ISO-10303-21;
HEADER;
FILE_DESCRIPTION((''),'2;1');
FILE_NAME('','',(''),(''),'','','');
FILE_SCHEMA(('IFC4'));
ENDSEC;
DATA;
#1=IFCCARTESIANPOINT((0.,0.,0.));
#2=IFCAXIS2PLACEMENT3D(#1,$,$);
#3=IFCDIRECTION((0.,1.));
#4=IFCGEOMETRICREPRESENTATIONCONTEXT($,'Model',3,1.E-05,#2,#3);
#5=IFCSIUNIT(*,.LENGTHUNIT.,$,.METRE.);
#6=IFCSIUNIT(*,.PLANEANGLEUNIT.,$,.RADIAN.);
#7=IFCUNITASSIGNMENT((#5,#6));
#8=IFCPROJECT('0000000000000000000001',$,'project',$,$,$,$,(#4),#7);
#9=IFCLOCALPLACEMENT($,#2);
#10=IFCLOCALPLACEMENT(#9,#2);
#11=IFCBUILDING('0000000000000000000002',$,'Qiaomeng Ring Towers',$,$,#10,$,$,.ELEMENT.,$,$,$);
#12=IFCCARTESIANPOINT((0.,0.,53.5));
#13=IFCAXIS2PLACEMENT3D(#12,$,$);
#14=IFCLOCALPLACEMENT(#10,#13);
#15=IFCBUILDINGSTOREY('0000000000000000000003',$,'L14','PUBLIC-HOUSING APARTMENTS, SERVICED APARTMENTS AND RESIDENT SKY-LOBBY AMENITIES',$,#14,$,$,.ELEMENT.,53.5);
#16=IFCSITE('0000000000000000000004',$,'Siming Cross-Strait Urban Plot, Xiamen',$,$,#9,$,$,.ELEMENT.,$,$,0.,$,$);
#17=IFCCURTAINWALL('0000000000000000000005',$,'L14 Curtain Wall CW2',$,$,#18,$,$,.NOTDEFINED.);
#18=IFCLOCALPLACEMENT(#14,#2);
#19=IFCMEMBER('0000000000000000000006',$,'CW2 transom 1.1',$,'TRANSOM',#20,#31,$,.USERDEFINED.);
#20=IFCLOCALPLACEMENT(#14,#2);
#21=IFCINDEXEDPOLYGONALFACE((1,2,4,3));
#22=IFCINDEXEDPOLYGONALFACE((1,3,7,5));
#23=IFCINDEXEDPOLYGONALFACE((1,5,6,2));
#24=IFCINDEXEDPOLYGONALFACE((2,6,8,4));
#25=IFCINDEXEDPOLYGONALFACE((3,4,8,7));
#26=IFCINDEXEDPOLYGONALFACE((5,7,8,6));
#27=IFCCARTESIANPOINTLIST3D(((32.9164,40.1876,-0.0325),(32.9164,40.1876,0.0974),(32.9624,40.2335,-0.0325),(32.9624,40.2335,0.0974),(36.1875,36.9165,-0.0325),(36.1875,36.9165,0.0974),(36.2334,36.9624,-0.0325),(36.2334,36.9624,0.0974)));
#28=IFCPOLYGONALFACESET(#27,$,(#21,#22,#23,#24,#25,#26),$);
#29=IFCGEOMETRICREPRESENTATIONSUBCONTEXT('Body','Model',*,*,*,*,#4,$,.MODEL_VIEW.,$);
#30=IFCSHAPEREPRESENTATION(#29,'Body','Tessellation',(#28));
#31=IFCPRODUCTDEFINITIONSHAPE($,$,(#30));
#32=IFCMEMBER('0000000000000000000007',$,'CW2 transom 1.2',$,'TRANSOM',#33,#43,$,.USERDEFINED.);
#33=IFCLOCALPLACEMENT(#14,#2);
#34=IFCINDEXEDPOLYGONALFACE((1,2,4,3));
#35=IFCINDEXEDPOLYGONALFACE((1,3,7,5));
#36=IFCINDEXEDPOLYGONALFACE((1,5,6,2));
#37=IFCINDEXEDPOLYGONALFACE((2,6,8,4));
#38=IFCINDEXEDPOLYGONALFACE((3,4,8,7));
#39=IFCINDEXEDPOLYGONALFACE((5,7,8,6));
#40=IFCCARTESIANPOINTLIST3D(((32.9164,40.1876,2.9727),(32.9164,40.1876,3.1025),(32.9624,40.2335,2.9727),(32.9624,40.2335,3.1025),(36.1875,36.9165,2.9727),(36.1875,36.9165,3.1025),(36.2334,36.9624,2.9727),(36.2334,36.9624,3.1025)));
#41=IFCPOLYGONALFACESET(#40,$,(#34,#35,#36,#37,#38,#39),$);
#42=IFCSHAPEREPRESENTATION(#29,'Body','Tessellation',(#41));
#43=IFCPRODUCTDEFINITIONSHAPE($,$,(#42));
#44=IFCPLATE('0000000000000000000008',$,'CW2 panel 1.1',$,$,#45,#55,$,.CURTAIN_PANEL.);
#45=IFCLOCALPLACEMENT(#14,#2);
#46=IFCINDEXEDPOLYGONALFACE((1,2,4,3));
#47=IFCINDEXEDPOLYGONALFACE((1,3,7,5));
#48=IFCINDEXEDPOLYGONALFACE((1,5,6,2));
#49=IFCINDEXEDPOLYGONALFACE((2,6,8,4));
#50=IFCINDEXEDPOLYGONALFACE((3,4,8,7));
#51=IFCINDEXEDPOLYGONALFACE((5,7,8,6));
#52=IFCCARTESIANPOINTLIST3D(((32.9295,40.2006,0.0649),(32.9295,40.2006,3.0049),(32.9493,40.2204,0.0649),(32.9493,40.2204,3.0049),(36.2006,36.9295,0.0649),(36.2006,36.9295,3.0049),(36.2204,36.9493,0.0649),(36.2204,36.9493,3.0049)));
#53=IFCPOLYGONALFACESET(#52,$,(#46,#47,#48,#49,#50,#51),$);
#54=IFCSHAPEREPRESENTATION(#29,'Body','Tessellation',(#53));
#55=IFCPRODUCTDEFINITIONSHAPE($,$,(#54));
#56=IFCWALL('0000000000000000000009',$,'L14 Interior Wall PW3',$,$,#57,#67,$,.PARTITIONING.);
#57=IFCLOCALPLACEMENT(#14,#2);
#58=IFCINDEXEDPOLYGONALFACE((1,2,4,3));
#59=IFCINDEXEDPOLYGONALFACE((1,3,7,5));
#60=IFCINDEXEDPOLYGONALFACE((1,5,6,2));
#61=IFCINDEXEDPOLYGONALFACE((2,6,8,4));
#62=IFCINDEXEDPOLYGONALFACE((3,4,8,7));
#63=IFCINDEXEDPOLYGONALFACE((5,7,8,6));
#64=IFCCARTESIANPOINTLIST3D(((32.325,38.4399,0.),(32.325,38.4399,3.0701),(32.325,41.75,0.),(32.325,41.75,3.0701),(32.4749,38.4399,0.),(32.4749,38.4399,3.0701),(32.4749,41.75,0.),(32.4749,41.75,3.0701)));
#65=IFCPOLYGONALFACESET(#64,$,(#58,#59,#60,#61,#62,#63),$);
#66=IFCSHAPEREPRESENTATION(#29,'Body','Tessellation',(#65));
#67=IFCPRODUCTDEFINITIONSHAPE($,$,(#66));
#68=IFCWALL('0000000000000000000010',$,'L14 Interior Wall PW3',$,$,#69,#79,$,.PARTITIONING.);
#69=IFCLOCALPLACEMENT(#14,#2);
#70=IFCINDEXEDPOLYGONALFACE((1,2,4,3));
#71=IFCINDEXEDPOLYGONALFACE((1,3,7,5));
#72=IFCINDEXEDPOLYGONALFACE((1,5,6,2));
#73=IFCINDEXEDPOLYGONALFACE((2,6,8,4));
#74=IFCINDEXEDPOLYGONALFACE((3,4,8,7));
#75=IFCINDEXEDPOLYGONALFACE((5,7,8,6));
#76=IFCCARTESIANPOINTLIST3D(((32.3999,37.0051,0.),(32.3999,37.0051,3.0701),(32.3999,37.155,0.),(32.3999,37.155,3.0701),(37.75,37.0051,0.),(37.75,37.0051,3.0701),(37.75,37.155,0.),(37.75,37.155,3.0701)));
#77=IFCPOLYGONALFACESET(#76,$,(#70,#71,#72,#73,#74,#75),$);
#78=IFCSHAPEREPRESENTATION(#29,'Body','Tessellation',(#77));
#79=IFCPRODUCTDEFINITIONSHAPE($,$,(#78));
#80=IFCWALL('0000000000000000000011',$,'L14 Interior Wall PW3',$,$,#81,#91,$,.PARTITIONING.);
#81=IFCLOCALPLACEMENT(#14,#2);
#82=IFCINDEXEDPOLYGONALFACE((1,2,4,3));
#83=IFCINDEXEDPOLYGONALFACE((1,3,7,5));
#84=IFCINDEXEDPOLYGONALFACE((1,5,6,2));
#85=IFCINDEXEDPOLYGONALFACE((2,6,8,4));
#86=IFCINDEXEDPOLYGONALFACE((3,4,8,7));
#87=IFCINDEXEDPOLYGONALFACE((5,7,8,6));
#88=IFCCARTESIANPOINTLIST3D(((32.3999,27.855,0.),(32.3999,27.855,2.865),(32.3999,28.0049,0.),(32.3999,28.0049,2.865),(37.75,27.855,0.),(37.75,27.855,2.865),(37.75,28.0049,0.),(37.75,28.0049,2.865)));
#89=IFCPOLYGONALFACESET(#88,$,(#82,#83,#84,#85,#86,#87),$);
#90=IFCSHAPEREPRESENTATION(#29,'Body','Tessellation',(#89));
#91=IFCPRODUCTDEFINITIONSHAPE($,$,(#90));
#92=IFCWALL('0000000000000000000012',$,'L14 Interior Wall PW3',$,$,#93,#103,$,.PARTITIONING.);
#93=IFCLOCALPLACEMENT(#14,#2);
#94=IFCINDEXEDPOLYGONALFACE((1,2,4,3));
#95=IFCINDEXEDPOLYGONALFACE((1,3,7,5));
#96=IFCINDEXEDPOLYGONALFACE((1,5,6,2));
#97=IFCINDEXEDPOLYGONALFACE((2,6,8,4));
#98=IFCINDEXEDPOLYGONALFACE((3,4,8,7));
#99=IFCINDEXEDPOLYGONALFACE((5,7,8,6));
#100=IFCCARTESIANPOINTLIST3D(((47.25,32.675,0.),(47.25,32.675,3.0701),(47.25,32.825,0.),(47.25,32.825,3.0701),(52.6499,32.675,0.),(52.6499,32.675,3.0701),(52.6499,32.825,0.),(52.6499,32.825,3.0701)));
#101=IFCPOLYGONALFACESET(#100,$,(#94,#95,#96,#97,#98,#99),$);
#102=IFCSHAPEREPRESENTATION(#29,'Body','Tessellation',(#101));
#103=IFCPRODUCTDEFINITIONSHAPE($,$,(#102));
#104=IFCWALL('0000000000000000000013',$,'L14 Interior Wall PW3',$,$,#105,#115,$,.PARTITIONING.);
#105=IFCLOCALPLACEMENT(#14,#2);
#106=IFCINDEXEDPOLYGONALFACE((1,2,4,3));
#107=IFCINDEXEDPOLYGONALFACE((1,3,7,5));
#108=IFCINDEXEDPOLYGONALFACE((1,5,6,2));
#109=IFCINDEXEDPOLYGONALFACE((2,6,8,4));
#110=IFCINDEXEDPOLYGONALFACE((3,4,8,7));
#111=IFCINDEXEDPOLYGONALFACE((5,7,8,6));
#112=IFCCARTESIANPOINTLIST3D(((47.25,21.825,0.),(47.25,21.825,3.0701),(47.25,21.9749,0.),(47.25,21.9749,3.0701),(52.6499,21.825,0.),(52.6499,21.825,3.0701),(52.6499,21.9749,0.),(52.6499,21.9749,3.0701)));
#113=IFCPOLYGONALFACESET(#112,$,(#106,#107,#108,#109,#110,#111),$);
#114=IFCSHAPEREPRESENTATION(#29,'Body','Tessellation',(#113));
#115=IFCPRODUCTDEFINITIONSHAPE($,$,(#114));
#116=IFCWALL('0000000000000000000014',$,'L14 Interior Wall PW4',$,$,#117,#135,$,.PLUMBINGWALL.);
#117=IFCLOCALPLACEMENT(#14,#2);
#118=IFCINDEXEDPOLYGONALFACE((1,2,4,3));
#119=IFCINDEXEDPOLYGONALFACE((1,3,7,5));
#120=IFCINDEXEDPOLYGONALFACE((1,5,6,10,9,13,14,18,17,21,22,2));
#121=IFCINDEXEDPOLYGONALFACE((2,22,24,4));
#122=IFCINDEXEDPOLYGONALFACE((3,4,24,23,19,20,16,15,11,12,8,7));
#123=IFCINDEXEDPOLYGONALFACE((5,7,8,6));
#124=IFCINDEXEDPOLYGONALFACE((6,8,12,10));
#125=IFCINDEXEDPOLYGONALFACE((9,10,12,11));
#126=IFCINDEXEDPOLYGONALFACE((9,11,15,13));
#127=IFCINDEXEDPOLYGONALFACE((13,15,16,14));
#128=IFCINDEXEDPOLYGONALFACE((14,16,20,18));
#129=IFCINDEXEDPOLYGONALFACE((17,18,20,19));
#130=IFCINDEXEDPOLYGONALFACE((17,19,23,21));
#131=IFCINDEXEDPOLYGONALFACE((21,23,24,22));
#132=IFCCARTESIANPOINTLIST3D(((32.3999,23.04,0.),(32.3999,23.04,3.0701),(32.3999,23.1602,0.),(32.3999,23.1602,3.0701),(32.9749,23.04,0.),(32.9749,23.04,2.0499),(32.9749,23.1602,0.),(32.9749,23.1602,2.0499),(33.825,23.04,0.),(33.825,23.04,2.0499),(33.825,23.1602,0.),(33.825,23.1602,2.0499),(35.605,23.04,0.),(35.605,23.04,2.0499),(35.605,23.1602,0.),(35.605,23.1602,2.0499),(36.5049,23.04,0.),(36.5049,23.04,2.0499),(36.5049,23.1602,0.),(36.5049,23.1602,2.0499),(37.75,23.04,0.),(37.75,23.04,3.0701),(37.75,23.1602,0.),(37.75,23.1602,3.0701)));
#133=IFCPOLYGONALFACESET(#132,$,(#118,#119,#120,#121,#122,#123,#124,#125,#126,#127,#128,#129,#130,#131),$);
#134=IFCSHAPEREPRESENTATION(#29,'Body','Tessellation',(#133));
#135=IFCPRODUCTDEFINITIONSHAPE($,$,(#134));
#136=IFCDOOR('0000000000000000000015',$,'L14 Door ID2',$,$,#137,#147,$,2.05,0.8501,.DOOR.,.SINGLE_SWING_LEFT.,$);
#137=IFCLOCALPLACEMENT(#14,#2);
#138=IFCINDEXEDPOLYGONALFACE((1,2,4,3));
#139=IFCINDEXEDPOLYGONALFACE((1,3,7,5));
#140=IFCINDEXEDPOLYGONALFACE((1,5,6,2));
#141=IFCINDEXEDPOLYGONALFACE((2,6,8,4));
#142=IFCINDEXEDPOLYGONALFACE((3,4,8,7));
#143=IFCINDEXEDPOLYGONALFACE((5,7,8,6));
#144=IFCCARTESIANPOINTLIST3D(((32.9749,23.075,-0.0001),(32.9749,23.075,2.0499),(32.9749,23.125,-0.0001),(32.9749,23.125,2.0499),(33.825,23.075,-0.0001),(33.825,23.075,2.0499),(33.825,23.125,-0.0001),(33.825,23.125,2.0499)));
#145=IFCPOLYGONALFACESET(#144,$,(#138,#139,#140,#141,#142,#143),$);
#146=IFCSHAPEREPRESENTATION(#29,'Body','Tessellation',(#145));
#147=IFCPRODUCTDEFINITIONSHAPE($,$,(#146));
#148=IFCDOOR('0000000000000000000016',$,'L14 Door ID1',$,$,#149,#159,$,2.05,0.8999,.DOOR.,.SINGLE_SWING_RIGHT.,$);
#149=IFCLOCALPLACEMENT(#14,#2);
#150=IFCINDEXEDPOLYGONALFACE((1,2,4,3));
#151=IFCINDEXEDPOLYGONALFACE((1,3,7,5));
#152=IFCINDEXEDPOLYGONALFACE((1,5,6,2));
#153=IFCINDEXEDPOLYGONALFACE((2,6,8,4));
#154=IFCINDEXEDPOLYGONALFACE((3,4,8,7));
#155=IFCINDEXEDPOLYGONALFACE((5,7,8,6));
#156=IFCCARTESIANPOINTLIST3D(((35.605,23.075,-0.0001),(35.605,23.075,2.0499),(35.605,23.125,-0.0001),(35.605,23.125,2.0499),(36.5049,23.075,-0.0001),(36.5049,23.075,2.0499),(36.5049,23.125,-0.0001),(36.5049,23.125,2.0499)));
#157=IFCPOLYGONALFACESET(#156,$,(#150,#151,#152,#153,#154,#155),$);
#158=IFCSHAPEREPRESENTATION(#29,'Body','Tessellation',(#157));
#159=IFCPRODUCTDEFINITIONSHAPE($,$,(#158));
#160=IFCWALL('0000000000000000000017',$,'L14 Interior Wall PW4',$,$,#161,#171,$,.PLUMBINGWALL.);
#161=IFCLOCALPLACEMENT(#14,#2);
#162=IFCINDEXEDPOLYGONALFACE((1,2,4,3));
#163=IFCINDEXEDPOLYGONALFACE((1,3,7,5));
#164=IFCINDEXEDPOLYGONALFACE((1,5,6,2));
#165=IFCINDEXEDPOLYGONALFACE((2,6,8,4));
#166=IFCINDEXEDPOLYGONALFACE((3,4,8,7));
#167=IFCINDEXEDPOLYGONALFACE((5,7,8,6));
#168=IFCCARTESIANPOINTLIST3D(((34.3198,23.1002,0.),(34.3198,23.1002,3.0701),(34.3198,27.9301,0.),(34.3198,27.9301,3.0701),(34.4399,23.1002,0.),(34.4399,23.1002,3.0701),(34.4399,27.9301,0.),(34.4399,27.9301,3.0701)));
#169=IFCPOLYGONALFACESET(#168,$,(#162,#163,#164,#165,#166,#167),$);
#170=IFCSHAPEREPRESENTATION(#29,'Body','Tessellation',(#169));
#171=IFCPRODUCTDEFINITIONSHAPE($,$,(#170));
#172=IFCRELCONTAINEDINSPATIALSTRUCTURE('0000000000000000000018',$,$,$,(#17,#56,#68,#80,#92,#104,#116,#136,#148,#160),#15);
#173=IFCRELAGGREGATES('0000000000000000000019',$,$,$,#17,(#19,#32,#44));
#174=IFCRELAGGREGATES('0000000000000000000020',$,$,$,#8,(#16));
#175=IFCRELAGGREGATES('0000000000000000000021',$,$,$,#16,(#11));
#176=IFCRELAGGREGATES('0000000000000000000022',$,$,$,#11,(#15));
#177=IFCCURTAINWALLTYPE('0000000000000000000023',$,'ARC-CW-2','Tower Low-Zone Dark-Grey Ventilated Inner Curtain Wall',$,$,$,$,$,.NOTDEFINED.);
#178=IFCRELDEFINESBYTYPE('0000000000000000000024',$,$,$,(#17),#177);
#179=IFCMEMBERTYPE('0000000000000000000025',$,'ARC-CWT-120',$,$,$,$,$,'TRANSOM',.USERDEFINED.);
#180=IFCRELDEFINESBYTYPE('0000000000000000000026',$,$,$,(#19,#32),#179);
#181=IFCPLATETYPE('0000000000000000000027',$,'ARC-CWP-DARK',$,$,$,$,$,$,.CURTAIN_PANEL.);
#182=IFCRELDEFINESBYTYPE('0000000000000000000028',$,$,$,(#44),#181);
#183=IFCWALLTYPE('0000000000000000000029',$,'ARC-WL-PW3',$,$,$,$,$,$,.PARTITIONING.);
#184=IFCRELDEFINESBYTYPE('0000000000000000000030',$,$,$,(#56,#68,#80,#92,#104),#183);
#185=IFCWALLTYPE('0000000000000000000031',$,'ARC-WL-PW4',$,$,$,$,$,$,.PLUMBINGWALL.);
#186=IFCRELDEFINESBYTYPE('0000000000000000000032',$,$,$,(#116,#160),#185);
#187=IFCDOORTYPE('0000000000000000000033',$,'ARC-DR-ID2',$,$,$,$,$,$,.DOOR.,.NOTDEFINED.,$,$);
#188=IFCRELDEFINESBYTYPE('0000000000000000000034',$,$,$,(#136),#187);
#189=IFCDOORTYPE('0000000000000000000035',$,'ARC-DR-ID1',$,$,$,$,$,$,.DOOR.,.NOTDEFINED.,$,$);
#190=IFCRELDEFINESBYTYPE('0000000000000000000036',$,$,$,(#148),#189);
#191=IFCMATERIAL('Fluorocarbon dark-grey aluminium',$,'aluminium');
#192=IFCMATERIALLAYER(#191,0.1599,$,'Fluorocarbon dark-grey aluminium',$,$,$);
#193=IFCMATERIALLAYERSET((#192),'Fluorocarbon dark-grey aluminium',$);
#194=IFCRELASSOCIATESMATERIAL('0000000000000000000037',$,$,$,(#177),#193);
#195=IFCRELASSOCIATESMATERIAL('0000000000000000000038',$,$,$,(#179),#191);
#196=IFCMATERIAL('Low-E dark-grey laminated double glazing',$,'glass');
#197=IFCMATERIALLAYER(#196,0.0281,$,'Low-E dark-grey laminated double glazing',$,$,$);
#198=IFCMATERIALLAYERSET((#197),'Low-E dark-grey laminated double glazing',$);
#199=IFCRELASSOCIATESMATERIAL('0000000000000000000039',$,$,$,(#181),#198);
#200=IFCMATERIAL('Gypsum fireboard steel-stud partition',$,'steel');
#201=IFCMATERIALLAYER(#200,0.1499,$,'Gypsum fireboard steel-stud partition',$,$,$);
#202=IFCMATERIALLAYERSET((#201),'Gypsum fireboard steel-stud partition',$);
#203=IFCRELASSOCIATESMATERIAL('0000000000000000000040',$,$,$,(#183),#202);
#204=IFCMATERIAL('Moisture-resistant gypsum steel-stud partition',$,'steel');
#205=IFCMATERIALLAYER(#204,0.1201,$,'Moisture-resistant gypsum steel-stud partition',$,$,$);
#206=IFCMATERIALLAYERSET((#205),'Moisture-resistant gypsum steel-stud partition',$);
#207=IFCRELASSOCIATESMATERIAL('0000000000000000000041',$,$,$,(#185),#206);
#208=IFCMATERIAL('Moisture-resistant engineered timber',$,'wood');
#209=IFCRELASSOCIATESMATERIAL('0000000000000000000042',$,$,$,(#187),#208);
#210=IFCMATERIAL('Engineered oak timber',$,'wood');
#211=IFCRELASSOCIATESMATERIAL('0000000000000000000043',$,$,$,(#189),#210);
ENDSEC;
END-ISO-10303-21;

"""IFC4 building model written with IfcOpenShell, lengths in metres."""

from ifc_helpers import new_model, si_unit, direction, frame, frame_2d, origin, origin_2d, place, context, subcontext, project, spatial, rectangle, extrude, source, transform, mapped, material, layer, layer_set, material_profile, profile_set, type_object, element, fill, aggregate, save


model = new_model("IFC4")

# Units and contexts
model_context = context("Model", 3, precision=1e-05, world=origin(), true_north=direction((0.0, 1.0)))
body_context = subcontext(model_context, "Body", "Model", "MODEL_VIEW")
ifc_project = project(units=[si_unit("LENGTHUNIT", "METRE"), si_unit("PLANEANGLEUNIT", "RADIAN")], contexts=[model_context])

# Site, building, storey
site_placement = place(None, origin())
site = spatial("IfcSite", under=ifc_project, at=site_placement, Name="Siming Cross-Strait Urban Plot, Xiamen", CompositionType="ELEMENT", RefElevation=0.0)
building_placement = place(site_placement, origin())
building = spatial("IfcBuilding", under=site, at=building_placement, Name="Qiaomeng Ring Towers", CompositionType="ELEMENT")
storey_placement = place(building_placement, frame((0.0, 0.0, 53.5)))
storey = spatial("IfcBuildingStorey", under=building, at=storey_placement, Name="L14", Description="PUBLIC-HOUSING APARTMENTS, SERVICED APARTMENTS AND RESIDENT SKY-LOBBY AMENITIES", CompositionType="ELEMENT", Elevation=53.5)

# Curtain wall, members, plate
ifc_material_1 = material(Name="Fluorocarbon dark-grey aluminium", Category="aluminium")
ifc_layer_1 = layer(ifc_material_1, 0.1599, Name="Fluorocarbon dark-grey aluminium")
ifc_layer_set_1 = layer_set([ifc_layer_1], Name="Fluorocarbon dark-grey aluminium")
curtain_wall_type = type_object("IfcCurtainWallType", Name="ARC-CW-2", Description="Tower Low-Zone Dark-Grey Ventilated Inner Curtain Wall", PredefinedType="NOTDEFINED", material=ifc_layer_set_1)
curtain_wall_placement = place(storey_placement, origin())
curtain_wall = element("IfcCurtainWall", 1, at=curtain_wall_placement, inside=storey, type_object=curtain_wall_type, Name="L14 Curtain Wall CW2", PredefinedType="NOTDEFINED")
ifc_material_profile_1 = material_profile(ifc_material_1, rectangle(XDim=0.0649, YDim=0.1299, at=origin_2d()), Name="ALU TRAN 65x130")
ifc_profile_set_1 = profile_set([ifc_material_profile_1], Name="Fluorocarbon dark-grey aluminium")
member_type_1 = type_object("IfcMemberType", Name="ARC-CWT-120", ElementType="TRANSOM", PredefinedType="USERDEFINED", material=ifc_profile_set_1)
shared_shape_1 = source(origin(), body_context, "Body", "SweptSolid", [
    extrude(rectangle(XDim=0.0649, YDim=0.1299, at=origin_2d()), origin(), (0.0, 0.0, 1.0), 4.626),
])
member_1_placement = place(storey_placement, frame((36.2104, 36.9395, 0.0325), z_axis=(-0.707107, 0.707107, 0.0), x_axis=(-0.707107, -0.707107, 0.0)))
member_1 = element("IfcMember", 2, at=member_1_placement, type_object=member_type_1, Name="CW2 transom 1.1", ObjectType="TRANSOM", PredefinedType="USERDEFINED", context=body_context, shape_type="MappedRepresentation", body=[
    mapped(shared_shape_1, transform((0.0, 0.0, 0.0), x_axis=(1.0, 0.0, 0.0), y_axis=(0.0, 1.0, 0.0), z_axis=(0.0, 0.0, 1.0), scale=1.0)),
])
member_2_placement = place(storey_placement, frame((36.2104, 36.9395, 3.0376), z_axis=(-0.707107, 0.707107, 0.0), x_axis=(-0.707107, -0.707107, 0.0)))
member_2 = element("IfcMember", 3, at=member_2_placement, type_object=member_type_1, Name="CW2 transom 1.2", ObjectType="TRANSOM", PredefinedType="USERDEFINED", context=body_context, shape_type="MappedRepresentation", body=[
    mapped(shared_shape_1, transform((0.0, 0.0, 0.0), x_axis=(1.0, 0.0, 0.0), y_axis=(0.0, 1.0, 0.0), z_axis=(0.0, 0.0, 1.0), scale=1.0)),
])
ifc_material_2 = material(Name="Low-E dark-grey laminated double glazing", Category="glass")
ifc_layer_2 = layer(ifc_material_2, 0.0281, Name="Low-E dark-grey laminated double glazing")
ifc_layer_set_2 = layer_set([ifc_layer_2], Name="Low-E dark-grey laminated double glazing")
plate_type = type_object("IfcPlateType", Name="ARC-CWP-DARK", PredefinedType="CURTAIN_PANEL", material=ifc_layer_set_2)
shared_shape_2 = source(origin(), body_context, "Body", "SweptSolid", [
    extrude(rectangle(XDim=4.626, YDim=0.0281, at=origin_2d()), origin(), (0.0, 0.0, 1.0), 2.9399),
])
plate_placement = place(storey_placement, frame((34.575, 38.575, 0.0649), z_axis=(0.0, 0.0, 1.0), x_axis=(-0.707107, 0.707107, 0.0)))
plate = element("IfcPlate", 4, at=plate_placement, type_object=plate_type, Name="CW2 panel 1.1", PredefinedType="CURTAIN_PANEL", context=body_context, shape_type="MappedRepresentation", body=[
    mapped(shared_shape_2, transform((0.0, 0.0, 0.0), x_axis=(1.0, 0.0, 0.0), y_axis=(0.0, 1.0, 0.0), z_axis=(0.0, 0.0, 1.0), scale=1.0)),
])
aggregate(curtain_wall, [member_1, member_2, plate])

# Walls
ifc_material_3 = material(Name="Gypsum fireboard steel-stud partition", Category="steel")
ifc_layer_3 = layer(ifc_material_3, 0.1499, Name="Gypsum fireboard steel-stud partition")
ifc_layer_set_3 = layer_set([ifc_layer_3], Name="Gypsum fireboard steel-stud partition")
wall_type_1 = type_object("IfcWallType", Name="ARC-WL-PW3", PredefinedType="PARTITIONING", material=ifc_layer_set_3)
wall_1_placement = place(storey_placement, frame((32.3999, 38.4399, 0.0), z_axis=(0.0, 0.0, 1.0), x_axis=(0.0, 1.0, 0.0)))
element("IfcWall", 5, at=wall_1_placement, inside=storey, type_object=wall_type_1, Name="L14 Interior Wall PW3", PredefinedType="PARTITIONING", context=body_context, shape_type="SweptSolid", body=[
    extrude(rectangle(XDim=3.3101, YDim=0.1499, at=frame_2d((1.655, 0.0))), origin(), (0.0, 0.0, 1.0), 3.0701),
])
wall_2_placement = place(storey_placement, frame((32.3999, 37.0801, 0.0), z_axis=(0.0, 0.0, 1.0), x_axis=(1.0, 0.0, 0.0)))
element("IfcWall", 6, at=wall_2_placement, inside=storey, type_object=wall_type_1, Name="L14 Interior Wall PW3", PredefinedType="PARTITIONING", context=body_context, shape_type="SweptSolid", body=[
    extrude(rectangle(XDim=5.3501, YDim=0.1499, at=frame_2d((2.675, 0.0))), origin(), (0.0, 0.0, 1.0), 3.0701),
])
wall_3_placement = place(storey_placement, frame((32.3999, 27.9299, 0.0), z_axis=(0.0, 0.0, 1.0), x_axis=(1.0, 0.0, 0.0)))
element("IfcWall", 7, at=wall_3_placement, inside=storey, type_object=wall_type_1, Name="L14 Interior Wall PW3", PredefinedType="PARTITIONING", context=body_context, shape_type="SweptSolid", body=[
    extrude(rectangle(XDim=5.3501, YDim=0.1499, at=frame_2d((2.675, 0.0))), origin(), (0.0, 0.0, 1.0), 2.865),
])
for number, where, z_axis, x_axis, name in (
    (8, (47.25, 32.75, 0.0), (0.0, 0.0, 1.0), (1.0, 0.0, 0.0), "L14 Interior Wall PW3"),
    (9, (47.25, 21.8999, 0.0), (0.0, 0.0, 1.0), (1.0, 0.0, 0.0), "L14 Interior Wall PW3"),
):
    element("IfcWall", number, at=place(storey_placement, frame(where, z_axis=z_axis, x_axis=x_axis)), inside=storey, type_object=wall_type_1, Name=name, PredefinedType="PARTITIONING", context=body_context, shape_type="SweptSolid", body=[
        extrude(rectangle(XDim=5.3999, YDim=0.1499, at=frame_2d((2.7, 0.0))), origin(), (0.0, 0.0, 1.0), 3.0701),
    ])

# Wall, openings, doors
ifc_material_4 = material(Name="Moisture-resistant gypsum steel-stud partition", Category="steel")
ifc_layer_4 = layer(ifc_material_4, 0.1201, Name="Moisture-resistant gypsum steel-stud partition")
ifc_layer_set_4 = layer_set([ifc_layer_4], Name="Moisture-resistant gypsum steel-stud partition")
wall_type_2 = type_object("IfcWallType", Name="ARC-WL-PW4", PredefinedType="PLUMBINGWALL", material=ifc_layer_set_4)
wall_4_placement = place(storey_placement, frame((32.3999, 23.1001, 0.0), z_axis=(0.0, 0.0, 1.0), x_axis=(1.0, 0.0, 0.0)))
wall_4 = element("IfcWall", 10, at=wall_4_placement, inside=storey, type_object=wall_type_2, Name="L14 Interior Wall PW4", PredefinedType="PLUMBINGWALL", context=body_context, shape_type="SweptSolid", body=[
    extrude(rectangle(XDim=5.3501, YDim=0.1201, at=frame_2d((2.675, 0.0))), origin(), (0.0, 0.0, 1.0), 3.0701),
])
opening_1_placement = place(wall_4_placement, frame((0.575, 0.0, 0.0)))
opening_1 = element("IfcOpeningElement", 11, at=opening_1_placement, cuts=wall_4, PredefinedType="OPENING", context=body_context, shape_type="SweptSolid", body=[
    extrude(rectangle(XDim=0.8501, YDim=2.05, at=frame_2d((0.425, 1.0249))), frame((0.0, 0.0701, 0.0), z_axis=(0.0, -1.0, 0.0), x_axis=(1.0, 0.0, 0.0)), (0.0, 0.0, 1.0), 0.1401),
])
opening_2_placement = place(wall_4_placement, frame((3.2051, 0.0, 0.0)))
opening_2 = element("IfcOpeningElement", 12, at=opening_2_placement, cuts=wall_4, PredefinedType="OPENING", context=body_context, shape_type="SweptSolid", body=[
    extrude(rectangle(XDim=0.8999, YDim=2.05, at=frame_2d((0.45, 1.0249))), frame((0.0, 0.0701, 0.0), z_axis=(0.0, -1.0, 0.0), x_axis=(1.0, 0.0, 0.0)), (0.0, 0.0, 1.0), 0.1401),
])
ifc_material_5 = material(Name="Moisture-resistant engineered timber", Category="wood")
door_type_1 = type_object("IfcDoorType", Name="ARC-DR-ID2", OperationType="NOTDEFINED", PredefinedType="DOOR", material=ifc_material_5)
shared_shape_3 = source(origin(), body_context, "Body", "SweptSolid", [
    extrude(rectangle(XDim=0.8501, YDim=2.05, at=frame_2d((0.425, 1.0249))), frame((0.0, 0.0249, 0.0), z_axis=(0.0, -1.0, 0.0), x_axis=(1.0, 0.0, 0.0)), (0.0, 0.0, 1.0), 0.05),
])
door_1_placement = place(opening_1_placement, origin())
door_1 = element("IfcDoor", 13, at=door_1_placement, inside=storey, type_object=door_type_1, Name="L14 Door ID2", OperationType="SINGLE_SWING_LEFT", OverallHeight=2.05, OverallWidth=0.8501, PredefinedType="DOOR", context=body_context, shape_type="MappedRepresentation", body=[
    mapped(shared_shape_3, transform((0.0, 0.0, 0.0), x_axis=(1.0, 0.0, 0.0), y_axis=(0.0, 1.0, 0.0), z_axis=(0.0, 0.0, 1.0), scale=1.0)),
])
fill(opening_1, door_1)
ifc_material_6 = material(Name="Engineered oak timber", Category="wood")
door_type_2 = type_object("IfcDoorType", Name="ARC-DR-ID1", OperationType="NOTDEFINED", PredefinedType="DOOR", material=ifc_material_6)
shared_shape_4 = source(origin(), body_context, "Body", "SweptSolid", [
    extrude(rectangle(XDim=0.8999, YDim=2.05, at=frame_2d((0.45, 1.0249))), frame((0.0, 0.0249, 0.0), z_axis=(0.0, -1.0, 0.0), x_axis=(1.0, 0.0, 0.0)), (0.0, 0.0, 1.0), 0.05),
])
door_2_placement = place(opening_2_placement, origin())
door_2 = element("IfcDoor", 14, at=door_2_placement, inside=storey, type_object=door_type_2, Name="L14 Door ID1", OperationType="SINGLE_SWING_RIGHT", OverallHeight=2.05, OverallWidth=0.8999, PredefinedType="DOOR", context=body_context, shape_type="MappedRepresentation", body=[
    mapped(shared_shape_4, transform((0.0, 0.0, 0.0), x_axis=(1.0, 0.0, 0.0), y_axis=(0.0, 1.0, 0.0), z_axis=(0.0, 0.0, 1.0), scale=1.0)),
])
fill(opening_2, door_2)

# Wall
wall_5_placement = place(storey_placement, frame((34.3799, 23.1001, 0.0), z_axis=(0.0, 0.0, 1.0), x_axis=(0.0, 1.0, 0.0)))
element("IfcWall", 15, at=wall_5_placement, inside=storey, type_object=wall_type_2, Name="L14 Interior Wall PW4", PredefinedType="PLUMBINGWALL", context=body_context, shape_type="SweptSolid", body=[
    extrude(rectangle(XDim=4.8298, YDim=0.1201, at=frame_2d((2.415, 0.0))), origin(), (0.0, 0.0, 1.0), 3.0701),
])

save(model, "model.ifc")
